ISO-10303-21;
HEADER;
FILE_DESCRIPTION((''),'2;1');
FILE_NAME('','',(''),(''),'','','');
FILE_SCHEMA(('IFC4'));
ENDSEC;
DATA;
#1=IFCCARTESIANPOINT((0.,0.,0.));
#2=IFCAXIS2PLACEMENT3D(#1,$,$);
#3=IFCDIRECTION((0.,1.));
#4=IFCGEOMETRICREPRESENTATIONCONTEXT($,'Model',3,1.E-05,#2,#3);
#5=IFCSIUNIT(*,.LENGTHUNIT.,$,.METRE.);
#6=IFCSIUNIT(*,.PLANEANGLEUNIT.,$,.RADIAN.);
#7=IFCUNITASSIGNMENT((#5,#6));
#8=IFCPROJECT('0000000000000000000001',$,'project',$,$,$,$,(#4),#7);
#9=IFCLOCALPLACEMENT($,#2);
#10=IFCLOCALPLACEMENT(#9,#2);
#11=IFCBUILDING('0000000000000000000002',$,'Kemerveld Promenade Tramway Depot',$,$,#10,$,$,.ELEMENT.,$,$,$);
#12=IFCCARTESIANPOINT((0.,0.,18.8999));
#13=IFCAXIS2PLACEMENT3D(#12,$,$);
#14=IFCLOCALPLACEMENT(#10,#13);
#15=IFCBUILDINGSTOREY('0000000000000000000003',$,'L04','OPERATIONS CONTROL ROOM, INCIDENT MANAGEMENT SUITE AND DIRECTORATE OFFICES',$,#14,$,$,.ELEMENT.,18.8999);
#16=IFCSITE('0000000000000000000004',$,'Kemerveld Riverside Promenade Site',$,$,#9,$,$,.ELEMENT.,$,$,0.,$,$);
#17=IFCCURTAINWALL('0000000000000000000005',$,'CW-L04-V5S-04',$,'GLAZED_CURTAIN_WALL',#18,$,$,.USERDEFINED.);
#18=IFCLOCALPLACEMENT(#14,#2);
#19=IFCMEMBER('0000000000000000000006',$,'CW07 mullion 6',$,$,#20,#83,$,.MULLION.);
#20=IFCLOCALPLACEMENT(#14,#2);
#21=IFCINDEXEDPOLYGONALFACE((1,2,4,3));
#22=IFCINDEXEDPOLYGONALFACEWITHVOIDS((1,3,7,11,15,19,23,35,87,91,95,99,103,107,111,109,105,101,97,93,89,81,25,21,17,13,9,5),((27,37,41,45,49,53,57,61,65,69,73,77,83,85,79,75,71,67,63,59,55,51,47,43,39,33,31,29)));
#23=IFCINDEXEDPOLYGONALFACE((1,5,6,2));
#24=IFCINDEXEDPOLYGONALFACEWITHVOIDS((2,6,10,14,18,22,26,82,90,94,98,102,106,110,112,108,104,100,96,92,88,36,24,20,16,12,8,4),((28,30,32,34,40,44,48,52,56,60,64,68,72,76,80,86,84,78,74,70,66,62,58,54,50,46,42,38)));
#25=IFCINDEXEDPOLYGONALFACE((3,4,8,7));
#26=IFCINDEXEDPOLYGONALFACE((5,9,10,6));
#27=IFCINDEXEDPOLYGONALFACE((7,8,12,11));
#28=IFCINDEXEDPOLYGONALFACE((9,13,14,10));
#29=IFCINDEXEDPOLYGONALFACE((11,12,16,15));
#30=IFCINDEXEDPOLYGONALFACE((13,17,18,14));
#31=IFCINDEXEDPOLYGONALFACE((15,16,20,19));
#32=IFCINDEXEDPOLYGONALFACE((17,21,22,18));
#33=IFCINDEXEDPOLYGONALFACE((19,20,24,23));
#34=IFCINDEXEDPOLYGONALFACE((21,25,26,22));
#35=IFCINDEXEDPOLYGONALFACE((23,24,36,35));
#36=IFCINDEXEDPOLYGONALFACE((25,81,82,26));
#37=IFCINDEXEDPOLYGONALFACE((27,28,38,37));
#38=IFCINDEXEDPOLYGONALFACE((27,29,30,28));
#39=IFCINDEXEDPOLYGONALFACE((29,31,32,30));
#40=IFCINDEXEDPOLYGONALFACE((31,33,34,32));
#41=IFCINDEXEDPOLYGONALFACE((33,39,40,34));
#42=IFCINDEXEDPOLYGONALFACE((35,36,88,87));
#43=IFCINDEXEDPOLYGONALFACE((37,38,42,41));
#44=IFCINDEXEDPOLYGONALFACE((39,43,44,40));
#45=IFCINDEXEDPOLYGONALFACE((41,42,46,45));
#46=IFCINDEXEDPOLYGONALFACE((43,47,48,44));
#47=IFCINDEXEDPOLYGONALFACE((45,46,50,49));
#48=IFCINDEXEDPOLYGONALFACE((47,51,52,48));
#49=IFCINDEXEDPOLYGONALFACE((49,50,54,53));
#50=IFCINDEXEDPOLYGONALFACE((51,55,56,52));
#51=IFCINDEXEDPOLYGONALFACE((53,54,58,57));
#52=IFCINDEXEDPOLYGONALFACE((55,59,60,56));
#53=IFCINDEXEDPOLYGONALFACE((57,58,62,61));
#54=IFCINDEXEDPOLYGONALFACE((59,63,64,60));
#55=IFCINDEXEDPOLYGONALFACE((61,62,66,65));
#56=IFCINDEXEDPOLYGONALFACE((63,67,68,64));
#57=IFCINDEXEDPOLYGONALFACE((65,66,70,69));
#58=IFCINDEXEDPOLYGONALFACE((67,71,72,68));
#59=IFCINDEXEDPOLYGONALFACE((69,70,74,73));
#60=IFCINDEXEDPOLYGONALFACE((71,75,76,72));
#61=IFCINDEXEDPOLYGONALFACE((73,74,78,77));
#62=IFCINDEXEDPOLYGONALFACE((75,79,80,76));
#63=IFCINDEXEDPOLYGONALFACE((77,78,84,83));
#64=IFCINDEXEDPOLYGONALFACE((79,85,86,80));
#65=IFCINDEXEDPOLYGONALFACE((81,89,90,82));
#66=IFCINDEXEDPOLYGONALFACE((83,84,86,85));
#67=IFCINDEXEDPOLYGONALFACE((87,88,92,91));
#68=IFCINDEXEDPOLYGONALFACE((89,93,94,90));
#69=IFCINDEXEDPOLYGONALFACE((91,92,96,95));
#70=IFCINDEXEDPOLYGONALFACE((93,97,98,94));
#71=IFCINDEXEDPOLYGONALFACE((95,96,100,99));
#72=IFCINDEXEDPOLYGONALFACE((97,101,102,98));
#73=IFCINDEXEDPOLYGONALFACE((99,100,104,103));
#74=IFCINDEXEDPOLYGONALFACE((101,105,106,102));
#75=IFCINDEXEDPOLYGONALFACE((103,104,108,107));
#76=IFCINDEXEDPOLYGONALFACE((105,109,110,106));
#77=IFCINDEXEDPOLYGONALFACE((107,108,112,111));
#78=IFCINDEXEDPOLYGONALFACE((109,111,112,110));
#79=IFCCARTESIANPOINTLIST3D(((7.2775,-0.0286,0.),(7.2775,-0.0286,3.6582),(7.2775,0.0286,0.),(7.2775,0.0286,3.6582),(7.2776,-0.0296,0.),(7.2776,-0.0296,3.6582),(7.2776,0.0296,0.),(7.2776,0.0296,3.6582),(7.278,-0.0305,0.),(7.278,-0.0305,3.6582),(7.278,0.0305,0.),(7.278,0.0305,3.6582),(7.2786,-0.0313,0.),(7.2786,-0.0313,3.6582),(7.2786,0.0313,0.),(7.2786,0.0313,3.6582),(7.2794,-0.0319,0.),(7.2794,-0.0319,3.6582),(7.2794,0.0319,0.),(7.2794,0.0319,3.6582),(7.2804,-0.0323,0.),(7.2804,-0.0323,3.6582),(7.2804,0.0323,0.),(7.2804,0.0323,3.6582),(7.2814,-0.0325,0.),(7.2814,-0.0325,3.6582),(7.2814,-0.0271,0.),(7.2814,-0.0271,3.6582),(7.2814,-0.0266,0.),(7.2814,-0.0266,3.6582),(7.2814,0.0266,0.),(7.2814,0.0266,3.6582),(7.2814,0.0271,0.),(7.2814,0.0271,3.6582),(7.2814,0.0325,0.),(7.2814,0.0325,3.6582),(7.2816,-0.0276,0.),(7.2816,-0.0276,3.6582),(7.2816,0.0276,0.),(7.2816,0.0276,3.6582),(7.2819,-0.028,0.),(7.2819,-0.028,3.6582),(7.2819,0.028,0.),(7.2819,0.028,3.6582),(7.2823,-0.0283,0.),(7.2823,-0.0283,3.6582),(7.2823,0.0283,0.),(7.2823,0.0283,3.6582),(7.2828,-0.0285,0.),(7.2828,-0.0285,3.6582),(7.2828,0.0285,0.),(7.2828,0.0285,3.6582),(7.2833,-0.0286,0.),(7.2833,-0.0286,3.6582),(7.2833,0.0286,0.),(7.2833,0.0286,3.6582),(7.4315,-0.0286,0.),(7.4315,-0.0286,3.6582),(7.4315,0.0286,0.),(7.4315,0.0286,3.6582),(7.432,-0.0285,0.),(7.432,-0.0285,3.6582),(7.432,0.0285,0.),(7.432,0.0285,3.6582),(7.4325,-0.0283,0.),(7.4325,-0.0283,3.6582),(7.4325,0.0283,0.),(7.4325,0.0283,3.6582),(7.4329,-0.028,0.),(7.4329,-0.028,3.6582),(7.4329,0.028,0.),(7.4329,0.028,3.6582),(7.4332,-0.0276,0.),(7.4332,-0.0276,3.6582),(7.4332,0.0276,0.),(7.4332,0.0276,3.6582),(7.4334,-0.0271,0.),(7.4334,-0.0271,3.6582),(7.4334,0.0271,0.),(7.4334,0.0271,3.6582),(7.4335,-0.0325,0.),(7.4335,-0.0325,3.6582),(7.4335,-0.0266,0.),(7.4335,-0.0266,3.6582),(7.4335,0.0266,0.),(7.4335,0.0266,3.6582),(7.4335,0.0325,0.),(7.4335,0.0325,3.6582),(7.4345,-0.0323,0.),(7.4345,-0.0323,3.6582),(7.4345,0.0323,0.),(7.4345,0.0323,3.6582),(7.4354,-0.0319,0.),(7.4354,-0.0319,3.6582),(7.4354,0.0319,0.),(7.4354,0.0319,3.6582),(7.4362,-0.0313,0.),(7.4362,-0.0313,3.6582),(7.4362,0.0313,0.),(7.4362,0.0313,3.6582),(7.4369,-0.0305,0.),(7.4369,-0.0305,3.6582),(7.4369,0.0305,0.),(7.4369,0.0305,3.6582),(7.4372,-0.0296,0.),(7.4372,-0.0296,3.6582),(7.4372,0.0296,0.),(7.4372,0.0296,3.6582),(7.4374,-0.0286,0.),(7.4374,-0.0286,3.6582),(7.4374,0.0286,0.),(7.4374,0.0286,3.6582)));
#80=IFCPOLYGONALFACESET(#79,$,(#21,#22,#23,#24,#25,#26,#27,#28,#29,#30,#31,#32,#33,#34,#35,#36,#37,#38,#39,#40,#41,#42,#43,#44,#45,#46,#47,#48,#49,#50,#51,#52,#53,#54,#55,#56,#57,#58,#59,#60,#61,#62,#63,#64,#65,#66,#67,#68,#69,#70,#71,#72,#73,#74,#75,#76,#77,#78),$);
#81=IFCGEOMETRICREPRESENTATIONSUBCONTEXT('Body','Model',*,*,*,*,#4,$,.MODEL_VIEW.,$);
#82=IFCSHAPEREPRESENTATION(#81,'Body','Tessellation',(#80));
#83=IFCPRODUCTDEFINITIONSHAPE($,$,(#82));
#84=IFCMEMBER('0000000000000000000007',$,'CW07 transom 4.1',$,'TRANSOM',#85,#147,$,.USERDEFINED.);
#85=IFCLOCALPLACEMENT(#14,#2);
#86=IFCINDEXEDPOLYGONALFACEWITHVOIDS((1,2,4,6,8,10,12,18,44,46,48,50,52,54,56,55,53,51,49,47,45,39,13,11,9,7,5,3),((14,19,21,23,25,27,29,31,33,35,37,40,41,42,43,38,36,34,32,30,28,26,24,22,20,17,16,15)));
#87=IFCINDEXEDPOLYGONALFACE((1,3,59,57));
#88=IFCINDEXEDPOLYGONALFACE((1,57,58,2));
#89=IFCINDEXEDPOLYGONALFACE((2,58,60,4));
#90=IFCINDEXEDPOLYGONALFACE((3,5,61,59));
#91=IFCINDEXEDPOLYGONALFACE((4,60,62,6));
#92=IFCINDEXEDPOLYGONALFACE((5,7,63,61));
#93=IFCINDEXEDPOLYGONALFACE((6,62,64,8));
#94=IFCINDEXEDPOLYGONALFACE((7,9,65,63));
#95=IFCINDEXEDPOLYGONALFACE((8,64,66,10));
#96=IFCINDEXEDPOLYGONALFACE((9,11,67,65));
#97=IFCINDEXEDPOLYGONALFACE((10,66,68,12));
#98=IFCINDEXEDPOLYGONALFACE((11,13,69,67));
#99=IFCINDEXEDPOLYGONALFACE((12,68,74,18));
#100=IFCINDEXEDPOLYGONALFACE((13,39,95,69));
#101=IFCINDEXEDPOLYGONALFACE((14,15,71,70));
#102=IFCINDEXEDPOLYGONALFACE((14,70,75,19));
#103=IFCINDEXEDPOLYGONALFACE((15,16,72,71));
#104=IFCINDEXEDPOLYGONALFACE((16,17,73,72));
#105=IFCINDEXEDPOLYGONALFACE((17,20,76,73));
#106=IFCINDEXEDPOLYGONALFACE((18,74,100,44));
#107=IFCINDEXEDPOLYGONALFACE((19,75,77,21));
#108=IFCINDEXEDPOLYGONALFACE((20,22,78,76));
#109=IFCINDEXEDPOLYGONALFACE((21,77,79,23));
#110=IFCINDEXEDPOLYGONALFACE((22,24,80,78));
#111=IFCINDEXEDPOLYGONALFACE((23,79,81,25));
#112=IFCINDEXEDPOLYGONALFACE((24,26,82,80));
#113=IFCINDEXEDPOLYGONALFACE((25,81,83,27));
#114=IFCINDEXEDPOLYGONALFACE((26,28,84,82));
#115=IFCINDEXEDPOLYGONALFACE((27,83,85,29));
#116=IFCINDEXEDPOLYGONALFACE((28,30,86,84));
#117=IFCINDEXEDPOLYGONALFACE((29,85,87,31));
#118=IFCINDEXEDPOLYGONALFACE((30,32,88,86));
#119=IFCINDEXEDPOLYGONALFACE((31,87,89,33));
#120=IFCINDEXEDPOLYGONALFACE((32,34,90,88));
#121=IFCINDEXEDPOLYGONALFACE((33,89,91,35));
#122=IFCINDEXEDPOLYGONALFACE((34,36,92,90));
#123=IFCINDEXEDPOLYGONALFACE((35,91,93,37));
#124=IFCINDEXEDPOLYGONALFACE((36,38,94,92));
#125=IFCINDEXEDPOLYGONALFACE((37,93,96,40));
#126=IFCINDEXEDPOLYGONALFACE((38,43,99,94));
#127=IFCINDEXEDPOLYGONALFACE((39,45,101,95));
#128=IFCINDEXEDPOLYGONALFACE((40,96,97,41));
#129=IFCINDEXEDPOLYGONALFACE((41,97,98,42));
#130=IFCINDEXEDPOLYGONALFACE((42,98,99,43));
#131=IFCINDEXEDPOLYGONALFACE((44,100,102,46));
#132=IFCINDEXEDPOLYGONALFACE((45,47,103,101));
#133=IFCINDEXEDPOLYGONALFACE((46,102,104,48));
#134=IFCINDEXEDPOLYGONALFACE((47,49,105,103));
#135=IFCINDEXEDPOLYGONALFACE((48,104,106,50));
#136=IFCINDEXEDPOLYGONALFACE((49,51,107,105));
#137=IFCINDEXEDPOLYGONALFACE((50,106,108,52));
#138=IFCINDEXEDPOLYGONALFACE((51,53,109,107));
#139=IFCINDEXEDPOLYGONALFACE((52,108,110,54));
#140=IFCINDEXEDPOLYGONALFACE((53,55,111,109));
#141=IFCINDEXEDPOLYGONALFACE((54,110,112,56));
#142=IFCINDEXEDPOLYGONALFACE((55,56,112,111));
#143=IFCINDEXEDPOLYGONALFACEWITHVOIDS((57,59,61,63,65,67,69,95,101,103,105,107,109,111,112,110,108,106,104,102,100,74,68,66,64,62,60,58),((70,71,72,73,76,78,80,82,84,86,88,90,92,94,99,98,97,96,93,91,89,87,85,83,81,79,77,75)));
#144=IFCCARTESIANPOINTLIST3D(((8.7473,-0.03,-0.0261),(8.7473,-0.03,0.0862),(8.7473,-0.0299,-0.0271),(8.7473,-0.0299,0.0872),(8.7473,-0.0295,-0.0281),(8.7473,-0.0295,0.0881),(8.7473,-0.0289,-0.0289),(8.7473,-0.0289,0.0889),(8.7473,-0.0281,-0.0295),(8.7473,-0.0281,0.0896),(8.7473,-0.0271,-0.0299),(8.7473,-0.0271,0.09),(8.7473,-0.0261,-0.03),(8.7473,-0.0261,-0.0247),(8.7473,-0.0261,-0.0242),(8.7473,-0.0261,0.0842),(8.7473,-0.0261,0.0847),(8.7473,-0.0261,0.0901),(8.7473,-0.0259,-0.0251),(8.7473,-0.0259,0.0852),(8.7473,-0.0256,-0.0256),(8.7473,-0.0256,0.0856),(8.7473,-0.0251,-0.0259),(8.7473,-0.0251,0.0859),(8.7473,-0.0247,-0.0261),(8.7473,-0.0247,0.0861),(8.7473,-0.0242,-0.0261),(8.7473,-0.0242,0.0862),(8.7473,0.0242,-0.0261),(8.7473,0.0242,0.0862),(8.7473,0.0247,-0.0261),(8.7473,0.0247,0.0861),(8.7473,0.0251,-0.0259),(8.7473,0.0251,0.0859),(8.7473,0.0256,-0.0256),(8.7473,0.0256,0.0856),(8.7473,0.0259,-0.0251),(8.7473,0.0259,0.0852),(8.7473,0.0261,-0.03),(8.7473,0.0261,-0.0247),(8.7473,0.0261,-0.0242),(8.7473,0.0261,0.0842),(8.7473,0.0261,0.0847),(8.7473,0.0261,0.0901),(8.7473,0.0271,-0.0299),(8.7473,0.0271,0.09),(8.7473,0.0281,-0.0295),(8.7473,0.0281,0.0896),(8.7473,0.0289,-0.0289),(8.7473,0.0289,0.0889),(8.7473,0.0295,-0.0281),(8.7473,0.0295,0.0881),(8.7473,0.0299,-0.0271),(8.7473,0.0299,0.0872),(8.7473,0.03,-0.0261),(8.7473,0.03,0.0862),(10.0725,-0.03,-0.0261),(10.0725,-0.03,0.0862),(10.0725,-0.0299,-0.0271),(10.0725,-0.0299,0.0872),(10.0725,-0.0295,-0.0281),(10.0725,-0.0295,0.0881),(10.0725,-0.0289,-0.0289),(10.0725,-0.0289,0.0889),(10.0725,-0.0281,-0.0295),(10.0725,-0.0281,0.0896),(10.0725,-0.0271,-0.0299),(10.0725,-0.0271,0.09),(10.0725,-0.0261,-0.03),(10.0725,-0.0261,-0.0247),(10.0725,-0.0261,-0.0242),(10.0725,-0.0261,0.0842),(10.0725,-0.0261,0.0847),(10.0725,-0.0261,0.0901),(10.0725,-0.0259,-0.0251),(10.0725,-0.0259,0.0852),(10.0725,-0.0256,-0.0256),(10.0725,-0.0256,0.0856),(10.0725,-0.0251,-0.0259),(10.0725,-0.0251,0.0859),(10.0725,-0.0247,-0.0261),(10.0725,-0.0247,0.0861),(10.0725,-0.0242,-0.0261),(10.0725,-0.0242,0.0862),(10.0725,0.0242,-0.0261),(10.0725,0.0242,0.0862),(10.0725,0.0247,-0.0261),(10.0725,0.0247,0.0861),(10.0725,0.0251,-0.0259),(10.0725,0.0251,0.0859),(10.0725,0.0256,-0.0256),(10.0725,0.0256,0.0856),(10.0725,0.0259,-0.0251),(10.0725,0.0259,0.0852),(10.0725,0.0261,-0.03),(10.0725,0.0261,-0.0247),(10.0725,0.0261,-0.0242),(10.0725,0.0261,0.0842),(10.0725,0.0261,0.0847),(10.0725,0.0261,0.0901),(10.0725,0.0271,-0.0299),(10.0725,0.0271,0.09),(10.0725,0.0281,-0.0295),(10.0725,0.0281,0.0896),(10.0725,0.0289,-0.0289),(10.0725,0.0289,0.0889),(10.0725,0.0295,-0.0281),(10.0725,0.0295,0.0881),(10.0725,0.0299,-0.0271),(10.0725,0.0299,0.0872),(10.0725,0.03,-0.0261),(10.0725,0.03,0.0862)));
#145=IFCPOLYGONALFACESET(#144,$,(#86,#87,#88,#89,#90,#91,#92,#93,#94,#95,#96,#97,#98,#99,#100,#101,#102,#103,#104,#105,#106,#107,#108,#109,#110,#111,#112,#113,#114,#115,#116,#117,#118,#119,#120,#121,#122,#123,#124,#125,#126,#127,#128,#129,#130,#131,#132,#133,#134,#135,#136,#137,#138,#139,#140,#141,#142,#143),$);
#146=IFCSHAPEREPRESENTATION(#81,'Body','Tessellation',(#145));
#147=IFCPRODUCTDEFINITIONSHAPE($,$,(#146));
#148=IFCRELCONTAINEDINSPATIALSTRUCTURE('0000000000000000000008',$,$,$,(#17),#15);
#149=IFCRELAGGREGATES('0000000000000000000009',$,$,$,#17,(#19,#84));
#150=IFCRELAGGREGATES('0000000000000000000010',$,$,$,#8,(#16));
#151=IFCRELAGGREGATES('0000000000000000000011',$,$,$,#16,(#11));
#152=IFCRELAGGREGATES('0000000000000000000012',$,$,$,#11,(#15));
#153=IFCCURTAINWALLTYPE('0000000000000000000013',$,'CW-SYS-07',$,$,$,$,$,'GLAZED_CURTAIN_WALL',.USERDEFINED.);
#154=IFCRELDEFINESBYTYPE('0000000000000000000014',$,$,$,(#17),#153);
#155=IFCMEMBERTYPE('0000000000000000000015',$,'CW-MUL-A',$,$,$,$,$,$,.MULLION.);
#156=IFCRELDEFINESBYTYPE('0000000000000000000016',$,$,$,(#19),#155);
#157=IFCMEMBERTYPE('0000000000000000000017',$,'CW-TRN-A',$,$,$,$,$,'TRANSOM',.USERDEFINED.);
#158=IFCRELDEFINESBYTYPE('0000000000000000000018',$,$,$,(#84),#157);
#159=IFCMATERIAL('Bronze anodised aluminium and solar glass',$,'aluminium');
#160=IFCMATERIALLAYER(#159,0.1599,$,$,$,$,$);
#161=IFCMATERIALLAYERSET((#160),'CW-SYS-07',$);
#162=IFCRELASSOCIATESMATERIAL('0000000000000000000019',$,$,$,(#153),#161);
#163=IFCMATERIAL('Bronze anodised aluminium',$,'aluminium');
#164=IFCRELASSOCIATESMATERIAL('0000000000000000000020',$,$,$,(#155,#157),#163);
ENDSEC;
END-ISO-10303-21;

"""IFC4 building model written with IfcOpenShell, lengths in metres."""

from ifc_helpers import new_model, si_unit, direction, frame, origin, origin_2d, place, context, subcontext, project, spatial, hollow_rectangle, extrude, material, layer, layer_set, material_profile, profile_set, type_object, element, aggregate, save


model = new_model("IFC4")

# Units and contexts
model_context = context("Model", 3, precision=1e-05, world=origin(), true_north=direction((0.0, 1.0)))
body_context = subcontext(model_context, "Body", "Model", "MODEL_VIEW")
ifc_project = project(units=[si_unit("LENGTHUNIT", "METRE"), si_unit("PLANEANGLEUNIT", "RADIAN")], contexts=[model_context])

# Site, building, storey
site_placement = place(None, origin())
site = spatial("IfcSite", under=ifc_project, at=site_placement, Name="Kemerveld Riverside Promenade Site", CompositionType="ELEMENT", RefElevation=0.0)
building_placement = place(site_placement, origin())
building = spatial("IfcBuilding", under=site, at=building_placement, Name="Kemerveld Promenade Tramway Depot", CompositionType="ELEMENT")
storey_placement = place(building_placement, frame((0.0, 0.0, 18.8999)))
storey = spatial("IfcBuildingStorey", under=building, at=storey_placement, Name="L04", Description="OPERATIONS CONTROL ROOM, INCIDENT MANAGEMENT SUITE AND DIRECTORATE OFFICES", CompositionType="ELEMENT", Elevation=18.8999)

# Curtain wall, members
ifc_material_1 = material(Name="Bronze anodised aluminium and solar glass", Category="aluminium")
ifc_layer_1 = layer(ifc_material_1, 0.1599)
ifc_layer_set_1 = layer_set([ifc_layer_1], Name="CW-SYS-07")
curtain_wall_type = type_object("IfcCurtainWallType", Name="CW-SYS-07", ElementType="GLAZED_CURTAIN_WALL", PredefinedType="USERDEFINED", material=ifc_layer_set_1)
curtain_wall_placement = place(storey_placement, origin())
curtain_wall = element("IfcCurtainWall", 1, at=curtain_wall_placement, inside=storey, type_object=curtain_wall_type, Name="CW-L04-V5S-04", ObjectType="GLAZED_CURTAIN_WALL", PredefinedType="USERDEFINED")
ifc_material_2 = material(Name="Bronze anodised aluminium", Category="aluminium")
ifc_material_profile_1 = material_profile(ifc_material_2, hollow_rectangle(XDim=0.0649, YDim=0.1599, WallThickness=0.0039, InnerFilletRadius=0.002, OuterFilletRadius=0.0039, at=origin_2d()), Name="CW-MUL-160x65")
ifc_profile_set_1 = profile_set([ifc_material_profile_1], Name="Bronze anodised aluminium")
member_type_1 = type_object("IfcMemberType", Name="CW-MUL-A", PredefinedType="MULLION", material=ifc_profile_set_1)
member_1_placement = place(storey_placement, frame((7.3574, 0.0, 0.0), z_axis=(0.0, 0.0, 1.0), x_axis=(0.0, -1.0, 0.0)))
member_1 = element("IfcMember", 2, at=member_1_placement, type_object=member_type_1, Name="CW07 mullion 6", PredefinedType="MULLION", context=body_context, shape_type="SweptSolid", body=[
    extrude(hollow_rectangle(XDim=0.0649, YDim=0.1599, WallThickness=0.0039, InnerFilletRadius=0.002, OuterFilletRadius=0.0039, at=origin_2d()), origin(), (0.0, 0.0, 1.0), 3.6582),
])
ifc_material_profile_2 = material_profile(ifc_material_2, hollow_rectangle(XDim=0.0601, YDim=0.1201, WallThickness=0.0039, InnerFilletRadius=0.002, OuterFilletRadius=0.0039, at=origin_2d()), Name="CW-TRN-120x60")
ifc_profile_set_2 = profile_set([ifc_material_profile_2], Name="Bronze anodised aluminium")
member_type_2 = type_object("IfcMemberType", Name="CW-TRN-A", ElementType="TRANSOM", PredefinedType="USERDEFINED", material=ifc_profile_set_2)
member_2_placement = place(storey_placement, frame((10.0725, 0.0, 0.03), z_axis=(-1.0, 0.0, 0.0), x_axis=(0.0, -1.0, 0.0)))
member_2 = element("IfcMember", 3, at=member_2_placement, type_object=member_type_2, Name="CW07 transom 4.1", ObjectType="TRANSOM", PredefinedType="USERDEFINED", context=body_context, shape_type="SweptSolid", body=[
    extrude(hollow_rectangle(XDim=0.0601, YDim=0.1201, WallThickness=0.0039, InnerFilletRadius=0.002, OuterFilletRadius=0.0039, at=origin_2d()), origin(), (0.0, 0.0, 1.0), 1.3252),
])

aggregate(curtain_wall, [member_1, member_2])

save(model, "model.ifc")
